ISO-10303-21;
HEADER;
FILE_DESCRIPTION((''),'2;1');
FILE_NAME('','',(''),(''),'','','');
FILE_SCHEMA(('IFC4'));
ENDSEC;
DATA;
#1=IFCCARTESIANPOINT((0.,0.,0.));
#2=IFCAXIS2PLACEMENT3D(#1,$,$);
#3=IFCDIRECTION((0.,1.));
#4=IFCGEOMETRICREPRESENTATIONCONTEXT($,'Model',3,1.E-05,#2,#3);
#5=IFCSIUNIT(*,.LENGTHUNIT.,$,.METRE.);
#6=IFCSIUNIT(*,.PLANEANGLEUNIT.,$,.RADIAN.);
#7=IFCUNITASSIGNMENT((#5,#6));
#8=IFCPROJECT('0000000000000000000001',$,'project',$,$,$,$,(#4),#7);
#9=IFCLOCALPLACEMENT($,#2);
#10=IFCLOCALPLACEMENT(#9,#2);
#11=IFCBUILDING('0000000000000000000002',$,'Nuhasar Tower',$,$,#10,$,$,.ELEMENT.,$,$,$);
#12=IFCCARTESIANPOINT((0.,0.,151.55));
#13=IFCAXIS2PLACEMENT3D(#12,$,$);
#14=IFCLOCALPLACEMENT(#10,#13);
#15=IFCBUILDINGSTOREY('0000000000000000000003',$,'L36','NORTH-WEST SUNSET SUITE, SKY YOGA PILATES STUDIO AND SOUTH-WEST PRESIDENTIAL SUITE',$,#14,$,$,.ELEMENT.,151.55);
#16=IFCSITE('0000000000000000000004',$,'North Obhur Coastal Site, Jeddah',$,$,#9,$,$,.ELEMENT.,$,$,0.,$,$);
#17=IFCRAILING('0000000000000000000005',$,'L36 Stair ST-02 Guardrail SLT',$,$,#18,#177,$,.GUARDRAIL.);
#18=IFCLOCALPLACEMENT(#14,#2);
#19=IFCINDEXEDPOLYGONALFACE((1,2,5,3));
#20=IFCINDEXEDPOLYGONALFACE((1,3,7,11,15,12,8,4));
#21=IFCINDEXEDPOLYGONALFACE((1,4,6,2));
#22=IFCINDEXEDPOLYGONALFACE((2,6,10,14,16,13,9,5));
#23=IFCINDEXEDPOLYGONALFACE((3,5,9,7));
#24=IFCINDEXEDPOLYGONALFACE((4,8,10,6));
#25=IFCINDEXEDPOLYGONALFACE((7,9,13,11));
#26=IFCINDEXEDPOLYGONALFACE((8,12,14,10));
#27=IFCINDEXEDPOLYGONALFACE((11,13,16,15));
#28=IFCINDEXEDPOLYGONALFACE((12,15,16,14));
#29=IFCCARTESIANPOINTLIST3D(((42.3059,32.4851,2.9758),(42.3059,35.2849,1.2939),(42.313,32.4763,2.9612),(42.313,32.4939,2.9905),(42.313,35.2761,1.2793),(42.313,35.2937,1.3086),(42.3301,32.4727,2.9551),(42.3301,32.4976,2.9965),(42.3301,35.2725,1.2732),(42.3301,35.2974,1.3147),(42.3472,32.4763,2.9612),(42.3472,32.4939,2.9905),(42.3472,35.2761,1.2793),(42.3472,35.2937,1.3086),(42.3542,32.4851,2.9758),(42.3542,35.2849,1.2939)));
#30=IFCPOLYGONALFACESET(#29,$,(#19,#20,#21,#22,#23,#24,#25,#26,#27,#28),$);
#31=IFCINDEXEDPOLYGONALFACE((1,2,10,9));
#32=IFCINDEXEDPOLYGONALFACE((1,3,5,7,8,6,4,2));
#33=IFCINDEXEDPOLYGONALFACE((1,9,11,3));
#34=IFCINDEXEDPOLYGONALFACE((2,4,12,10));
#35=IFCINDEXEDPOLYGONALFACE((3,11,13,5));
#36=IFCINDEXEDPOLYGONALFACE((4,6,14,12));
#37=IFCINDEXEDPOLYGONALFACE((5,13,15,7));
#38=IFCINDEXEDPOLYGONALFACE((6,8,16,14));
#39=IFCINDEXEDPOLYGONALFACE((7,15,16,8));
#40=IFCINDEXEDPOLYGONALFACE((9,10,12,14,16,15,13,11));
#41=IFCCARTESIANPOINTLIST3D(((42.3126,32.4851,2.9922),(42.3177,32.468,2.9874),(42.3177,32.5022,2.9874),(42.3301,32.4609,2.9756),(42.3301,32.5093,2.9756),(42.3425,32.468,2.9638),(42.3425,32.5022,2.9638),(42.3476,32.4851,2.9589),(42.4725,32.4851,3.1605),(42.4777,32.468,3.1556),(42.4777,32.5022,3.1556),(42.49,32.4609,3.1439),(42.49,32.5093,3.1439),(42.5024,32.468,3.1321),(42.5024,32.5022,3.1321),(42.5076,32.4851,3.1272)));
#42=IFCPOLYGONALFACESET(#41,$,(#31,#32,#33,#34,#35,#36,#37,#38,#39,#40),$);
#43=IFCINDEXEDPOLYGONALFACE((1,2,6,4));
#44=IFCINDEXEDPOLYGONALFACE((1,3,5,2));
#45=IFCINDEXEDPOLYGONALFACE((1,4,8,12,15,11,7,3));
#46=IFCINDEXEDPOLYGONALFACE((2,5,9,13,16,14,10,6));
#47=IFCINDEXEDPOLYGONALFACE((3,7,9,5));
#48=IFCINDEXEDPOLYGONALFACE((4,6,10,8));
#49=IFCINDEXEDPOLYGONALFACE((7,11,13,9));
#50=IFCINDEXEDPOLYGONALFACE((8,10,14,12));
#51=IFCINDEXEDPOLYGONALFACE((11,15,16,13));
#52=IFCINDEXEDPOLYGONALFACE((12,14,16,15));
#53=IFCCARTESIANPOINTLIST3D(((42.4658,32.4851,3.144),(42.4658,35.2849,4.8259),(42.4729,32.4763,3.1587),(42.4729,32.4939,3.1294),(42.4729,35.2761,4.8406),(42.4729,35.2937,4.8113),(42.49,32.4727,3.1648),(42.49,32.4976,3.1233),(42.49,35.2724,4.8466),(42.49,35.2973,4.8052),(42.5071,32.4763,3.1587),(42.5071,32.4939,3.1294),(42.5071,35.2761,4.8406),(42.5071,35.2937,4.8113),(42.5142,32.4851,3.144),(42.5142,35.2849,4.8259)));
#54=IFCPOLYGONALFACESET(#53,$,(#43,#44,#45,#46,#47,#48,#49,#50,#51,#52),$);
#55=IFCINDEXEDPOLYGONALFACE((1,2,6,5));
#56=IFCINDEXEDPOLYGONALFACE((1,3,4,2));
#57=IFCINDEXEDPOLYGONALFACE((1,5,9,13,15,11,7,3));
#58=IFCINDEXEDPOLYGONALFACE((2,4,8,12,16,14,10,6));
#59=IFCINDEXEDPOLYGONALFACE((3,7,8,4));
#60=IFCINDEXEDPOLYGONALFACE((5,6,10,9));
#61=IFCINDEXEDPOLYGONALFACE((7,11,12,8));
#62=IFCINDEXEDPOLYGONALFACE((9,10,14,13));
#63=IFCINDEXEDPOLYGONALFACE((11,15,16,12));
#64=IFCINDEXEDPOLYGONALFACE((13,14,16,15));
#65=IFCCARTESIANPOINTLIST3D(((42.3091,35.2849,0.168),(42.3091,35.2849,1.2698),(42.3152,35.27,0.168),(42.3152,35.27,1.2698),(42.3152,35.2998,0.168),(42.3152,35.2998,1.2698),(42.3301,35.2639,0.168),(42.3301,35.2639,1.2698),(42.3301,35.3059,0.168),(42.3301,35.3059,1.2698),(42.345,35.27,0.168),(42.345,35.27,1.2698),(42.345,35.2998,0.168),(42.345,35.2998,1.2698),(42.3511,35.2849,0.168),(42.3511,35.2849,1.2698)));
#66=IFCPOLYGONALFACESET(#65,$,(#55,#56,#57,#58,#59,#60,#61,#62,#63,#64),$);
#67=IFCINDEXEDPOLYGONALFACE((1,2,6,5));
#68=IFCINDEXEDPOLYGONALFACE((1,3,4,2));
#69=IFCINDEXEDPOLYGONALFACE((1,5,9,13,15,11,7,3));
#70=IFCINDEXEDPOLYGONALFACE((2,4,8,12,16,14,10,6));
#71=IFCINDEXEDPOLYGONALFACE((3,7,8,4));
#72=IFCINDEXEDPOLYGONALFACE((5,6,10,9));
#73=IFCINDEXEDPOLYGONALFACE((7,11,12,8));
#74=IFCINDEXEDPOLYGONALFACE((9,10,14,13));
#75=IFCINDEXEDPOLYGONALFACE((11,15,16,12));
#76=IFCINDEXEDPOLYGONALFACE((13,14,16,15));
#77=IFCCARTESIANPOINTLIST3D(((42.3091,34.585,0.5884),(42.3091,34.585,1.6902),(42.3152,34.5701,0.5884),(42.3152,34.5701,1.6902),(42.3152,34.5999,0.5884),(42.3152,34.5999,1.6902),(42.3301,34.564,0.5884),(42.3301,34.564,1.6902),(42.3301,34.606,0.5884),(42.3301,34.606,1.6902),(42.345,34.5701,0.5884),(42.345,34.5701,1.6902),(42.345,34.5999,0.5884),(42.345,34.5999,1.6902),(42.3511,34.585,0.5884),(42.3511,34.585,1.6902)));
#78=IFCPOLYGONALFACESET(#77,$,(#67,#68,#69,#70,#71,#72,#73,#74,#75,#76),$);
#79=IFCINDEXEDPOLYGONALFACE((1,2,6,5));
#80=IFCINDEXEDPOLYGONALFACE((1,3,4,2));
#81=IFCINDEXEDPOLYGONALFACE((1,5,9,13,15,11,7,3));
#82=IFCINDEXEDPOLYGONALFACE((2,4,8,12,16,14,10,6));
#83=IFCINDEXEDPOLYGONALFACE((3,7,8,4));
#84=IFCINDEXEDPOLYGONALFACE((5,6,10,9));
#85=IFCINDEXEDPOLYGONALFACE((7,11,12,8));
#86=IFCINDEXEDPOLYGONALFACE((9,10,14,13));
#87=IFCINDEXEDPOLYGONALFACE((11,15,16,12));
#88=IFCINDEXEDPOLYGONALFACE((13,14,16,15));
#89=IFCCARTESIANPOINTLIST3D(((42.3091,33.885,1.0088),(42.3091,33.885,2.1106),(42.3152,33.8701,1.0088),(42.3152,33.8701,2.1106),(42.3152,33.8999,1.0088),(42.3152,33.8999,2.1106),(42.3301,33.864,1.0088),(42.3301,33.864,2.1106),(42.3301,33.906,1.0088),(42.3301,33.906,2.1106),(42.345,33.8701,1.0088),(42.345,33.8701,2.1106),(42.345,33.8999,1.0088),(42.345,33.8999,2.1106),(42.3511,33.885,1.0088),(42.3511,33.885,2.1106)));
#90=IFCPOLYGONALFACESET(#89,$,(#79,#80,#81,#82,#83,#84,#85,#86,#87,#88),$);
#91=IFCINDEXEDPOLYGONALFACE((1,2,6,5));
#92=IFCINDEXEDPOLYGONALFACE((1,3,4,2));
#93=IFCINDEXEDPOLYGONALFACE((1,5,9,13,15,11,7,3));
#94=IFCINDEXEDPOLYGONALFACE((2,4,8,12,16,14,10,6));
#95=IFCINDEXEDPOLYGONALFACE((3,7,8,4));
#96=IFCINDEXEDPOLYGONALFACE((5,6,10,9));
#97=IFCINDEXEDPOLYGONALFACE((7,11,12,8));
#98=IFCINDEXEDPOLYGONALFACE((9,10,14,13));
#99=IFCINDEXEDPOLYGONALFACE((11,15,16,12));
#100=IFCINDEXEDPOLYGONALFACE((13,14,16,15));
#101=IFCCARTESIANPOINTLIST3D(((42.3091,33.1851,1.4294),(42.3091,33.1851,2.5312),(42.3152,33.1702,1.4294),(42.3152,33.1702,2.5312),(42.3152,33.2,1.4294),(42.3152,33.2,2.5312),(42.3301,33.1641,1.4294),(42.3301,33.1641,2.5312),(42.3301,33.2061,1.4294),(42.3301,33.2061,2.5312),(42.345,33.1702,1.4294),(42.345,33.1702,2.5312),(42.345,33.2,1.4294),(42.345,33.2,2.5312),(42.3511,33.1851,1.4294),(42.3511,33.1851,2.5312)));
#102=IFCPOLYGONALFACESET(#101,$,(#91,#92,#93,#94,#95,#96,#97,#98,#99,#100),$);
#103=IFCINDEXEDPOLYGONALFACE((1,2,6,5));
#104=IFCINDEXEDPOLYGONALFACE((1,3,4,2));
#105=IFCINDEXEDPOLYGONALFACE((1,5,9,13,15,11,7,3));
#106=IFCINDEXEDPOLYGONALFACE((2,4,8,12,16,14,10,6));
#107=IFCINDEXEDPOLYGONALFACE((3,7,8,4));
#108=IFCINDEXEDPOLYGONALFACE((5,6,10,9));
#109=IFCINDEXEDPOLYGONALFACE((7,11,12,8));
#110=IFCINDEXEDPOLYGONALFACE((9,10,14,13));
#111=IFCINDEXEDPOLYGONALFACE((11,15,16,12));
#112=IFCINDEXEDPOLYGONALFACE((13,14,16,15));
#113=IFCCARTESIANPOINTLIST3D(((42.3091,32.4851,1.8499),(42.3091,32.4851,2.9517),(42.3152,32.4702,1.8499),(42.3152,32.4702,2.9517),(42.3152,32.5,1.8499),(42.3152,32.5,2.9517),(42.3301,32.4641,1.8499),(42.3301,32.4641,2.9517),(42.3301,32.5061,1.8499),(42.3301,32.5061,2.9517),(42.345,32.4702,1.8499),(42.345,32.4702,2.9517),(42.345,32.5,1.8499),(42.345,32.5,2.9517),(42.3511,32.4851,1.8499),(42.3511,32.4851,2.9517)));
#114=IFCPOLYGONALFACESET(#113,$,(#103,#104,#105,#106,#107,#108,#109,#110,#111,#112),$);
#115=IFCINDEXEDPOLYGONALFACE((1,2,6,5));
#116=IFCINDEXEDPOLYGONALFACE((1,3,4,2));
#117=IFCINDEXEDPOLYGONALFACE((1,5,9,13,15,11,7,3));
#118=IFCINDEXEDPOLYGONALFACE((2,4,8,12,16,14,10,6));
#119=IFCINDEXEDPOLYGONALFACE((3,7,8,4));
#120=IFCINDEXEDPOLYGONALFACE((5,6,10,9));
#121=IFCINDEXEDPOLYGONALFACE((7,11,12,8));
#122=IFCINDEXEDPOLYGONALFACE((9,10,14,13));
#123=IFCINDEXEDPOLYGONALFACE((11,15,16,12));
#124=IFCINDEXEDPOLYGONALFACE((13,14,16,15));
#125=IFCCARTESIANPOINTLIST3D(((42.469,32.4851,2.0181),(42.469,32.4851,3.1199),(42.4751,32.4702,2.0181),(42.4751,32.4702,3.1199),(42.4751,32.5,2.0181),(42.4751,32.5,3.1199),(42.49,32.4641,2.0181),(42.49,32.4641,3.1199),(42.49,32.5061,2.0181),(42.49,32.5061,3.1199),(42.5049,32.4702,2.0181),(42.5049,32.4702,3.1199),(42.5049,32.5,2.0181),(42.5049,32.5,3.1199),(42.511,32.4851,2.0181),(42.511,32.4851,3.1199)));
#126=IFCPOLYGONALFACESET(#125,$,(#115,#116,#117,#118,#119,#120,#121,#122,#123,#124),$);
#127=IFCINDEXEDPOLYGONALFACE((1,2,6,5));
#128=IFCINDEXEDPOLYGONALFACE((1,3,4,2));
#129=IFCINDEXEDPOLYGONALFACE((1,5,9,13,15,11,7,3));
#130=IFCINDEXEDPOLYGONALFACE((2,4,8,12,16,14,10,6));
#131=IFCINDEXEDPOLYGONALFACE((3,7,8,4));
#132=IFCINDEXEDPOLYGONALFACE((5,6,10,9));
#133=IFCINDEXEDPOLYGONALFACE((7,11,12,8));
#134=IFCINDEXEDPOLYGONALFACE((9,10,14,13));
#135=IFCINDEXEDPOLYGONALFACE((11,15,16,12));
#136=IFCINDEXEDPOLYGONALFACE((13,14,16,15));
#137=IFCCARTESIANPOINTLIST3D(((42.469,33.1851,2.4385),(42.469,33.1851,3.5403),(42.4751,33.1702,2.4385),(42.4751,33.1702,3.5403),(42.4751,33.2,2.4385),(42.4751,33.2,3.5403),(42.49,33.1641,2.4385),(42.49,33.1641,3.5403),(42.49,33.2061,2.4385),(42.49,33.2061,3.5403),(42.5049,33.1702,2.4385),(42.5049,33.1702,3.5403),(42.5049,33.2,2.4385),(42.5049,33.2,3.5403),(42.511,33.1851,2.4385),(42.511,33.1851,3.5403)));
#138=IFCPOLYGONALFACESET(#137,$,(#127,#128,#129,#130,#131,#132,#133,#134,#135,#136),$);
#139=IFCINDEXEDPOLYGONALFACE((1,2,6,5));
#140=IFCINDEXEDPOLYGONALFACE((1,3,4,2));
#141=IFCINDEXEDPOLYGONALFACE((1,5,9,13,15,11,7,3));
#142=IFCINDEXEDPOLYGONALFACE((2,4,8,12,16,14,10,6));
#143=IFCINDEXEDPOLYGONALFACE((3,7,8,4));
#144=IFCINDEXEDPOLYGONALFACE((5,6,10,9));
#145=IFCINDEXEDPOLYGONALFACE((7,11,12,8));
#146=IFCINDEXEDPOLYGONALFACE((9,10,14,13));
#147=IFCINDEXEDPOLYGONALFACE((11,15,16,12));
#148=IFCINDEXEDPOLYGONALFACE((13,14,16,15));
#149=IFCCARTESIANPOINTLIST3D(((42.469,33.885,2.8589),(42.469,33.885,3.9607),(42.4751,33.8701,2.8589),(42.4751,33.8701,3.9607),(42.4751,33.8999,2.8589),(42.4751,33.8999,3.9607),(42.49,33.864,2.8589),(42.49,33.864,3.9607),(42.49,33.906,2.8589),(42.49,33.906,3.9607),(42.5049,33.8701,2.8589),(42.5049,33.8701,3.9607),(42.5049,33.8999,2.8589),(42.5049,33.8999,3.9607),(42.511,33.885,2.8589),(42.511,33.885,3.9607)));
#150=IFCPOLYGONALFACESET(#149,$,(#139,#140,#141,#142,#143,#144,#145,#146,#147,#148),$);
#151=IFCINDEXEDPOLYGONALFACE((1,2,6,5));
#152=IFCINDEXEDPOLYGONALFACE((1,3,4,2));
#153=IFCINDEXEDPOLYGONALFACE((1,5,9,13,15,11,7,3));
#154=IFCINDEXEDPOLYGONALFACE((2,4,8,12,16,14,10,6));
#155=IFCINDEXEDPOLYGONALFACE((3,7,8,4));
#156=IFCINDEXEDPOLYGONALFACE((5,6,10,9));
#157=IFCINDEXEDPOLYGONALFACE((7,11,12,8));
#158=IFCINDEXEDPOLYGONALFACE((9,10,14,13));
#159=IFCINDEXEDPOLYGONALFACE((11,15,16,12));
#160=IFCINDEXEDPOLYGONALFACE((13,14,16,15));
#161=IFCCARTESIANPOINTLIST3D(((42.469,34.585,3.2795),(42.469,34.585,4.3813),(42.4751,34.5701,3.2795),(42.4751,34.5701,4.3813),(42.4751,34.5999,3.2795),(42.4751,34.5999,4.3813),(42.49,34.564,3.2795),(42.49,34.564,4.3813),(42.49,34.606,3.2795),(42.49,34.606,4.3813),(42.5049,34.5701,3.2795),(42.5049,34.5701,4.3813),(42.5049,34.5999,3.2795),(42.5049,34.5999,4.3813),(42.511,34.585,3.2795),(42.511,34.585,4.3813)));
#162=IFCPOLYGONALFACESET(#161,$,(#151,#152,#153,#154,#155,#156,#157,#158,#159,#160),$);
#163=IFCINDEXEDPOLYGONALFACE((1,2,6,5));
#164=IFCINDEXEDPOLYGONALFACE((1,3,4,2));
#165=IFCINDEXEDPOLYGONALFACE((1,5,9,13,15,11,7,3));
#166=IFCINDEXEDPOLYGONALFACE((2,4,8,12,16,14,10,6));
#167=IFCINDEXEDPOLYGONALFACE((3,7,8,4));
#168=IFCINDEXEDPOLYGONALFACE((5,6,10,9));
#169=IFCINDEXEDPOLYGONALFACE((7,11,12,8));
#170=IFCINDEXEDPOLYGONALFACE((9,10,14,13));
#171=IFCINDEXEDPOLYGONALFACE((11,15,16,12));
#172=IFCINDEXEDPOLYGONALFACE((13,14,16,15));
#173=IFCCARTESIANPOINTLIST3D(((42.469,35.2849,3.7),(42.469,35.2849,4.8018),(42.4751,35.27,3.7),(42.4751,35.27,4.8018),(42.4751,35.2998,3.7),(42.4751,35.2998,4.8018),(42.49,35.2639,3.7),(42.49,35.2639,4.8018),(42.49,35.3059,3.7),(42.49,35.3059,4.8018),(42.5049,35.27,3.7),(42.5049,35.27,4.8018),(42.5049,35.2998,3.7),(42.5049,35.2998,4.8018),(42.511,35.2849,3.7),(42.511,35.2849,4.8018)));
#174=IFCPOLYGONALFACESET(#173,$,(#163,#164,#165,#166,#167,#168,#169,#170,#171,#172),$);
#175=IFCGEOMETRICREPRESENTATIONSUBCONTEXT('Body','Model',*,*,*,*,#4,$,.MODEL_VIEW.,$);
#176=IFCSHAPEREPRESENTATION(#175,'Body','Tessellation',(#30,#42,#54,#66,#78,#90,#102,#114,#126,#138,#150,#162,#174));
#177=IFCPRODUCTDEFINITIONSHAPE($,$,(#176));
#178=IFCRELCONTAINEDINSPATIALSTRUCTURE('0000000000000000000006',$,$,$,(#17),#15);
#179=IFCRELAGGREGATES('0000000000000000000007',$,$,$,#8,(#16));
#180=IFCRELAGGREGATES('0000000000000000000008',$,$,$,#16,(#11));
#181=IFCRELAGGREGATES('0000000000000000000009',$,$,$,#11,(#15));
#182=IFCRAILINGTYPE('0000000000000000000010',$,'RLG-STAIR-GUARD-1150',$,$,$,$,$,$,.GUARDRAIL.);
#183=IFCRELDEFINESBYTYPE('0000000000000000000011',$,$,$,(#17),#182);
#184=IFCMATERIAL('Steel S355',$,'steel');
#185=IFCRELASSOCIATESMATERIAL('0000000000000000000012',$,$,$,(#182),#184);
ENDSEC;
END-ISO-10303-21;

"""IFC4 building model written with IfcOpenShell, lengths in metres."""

from ifc_helpers import new_model, si_unit, direction, frame, origin, place, context, subcontext, project, spatial, polyline, outline, extrude, material, type_object, element, save


model = new_model("IFC4")

# Units and contexts
model_context = context("Model", 3, precision=1e-05, world=origin(), true_north=direction((0.0, 1.0)))
body_context = subcontext(model_context, "Body", "Model", "MODEL_VIEW")
ifc_project = project(units=[si_unit("LENGTHUNIT", "METRE"), si_unit("PLANEANGLEUNIT", "RADIAN")], contexts=[model_context])

# Site, building, storey
site_placement = place(None, origin())
site = spatial("IfcSite", under=ifc_project, at=site_placement, Name="North Obhur Coastal Site, Jeddah", CompositionType="ELEMENT", RefElevation=0.0)
building_placement = place(site_placement, origin())
building = spatial("IfcBuilding", under=site, at=building_placement, Name="Nuhasar Tower", CompositionType="ELEMENT")
storey_placement = place(building_placement, frame((0.0, 0.0, 151.55)))
storey = spatial("IfcBuildingStorey", under=building, at=storey_placement, Name="L36", Description="NORTH-WEST SUNSET SUITE, SKY YOGA PILATES STUDIO AND SOUTH-WEST PRESIDENTIAL SUITE", CompositionType="ELEMENT", Elevation=151.55)

# Shared definitions
ifc_material_1 = material(Name="Steel S355", Category="steel")

# Railing
railing_type_1 = type_object("IfcRailingType", Name="RLG-STAIR-GUARD-1150", PredefinedType="GUARDRAIL", material=ifc_material_1)
railing_1_placement = place(storey_placement, frame((42.3301, 35.2849, 0.168)))
element("IfcRailing", 1, at=railing_1_placement, inside=storey, type_object=railing_type_1, Name="L36 Stair ST-02 Guardrail SLT", PredefinedType="GUARDRAIL", context=body_context, shape_type="SweptSolid", body=[
    extrude(outline(polyline([(0.0242, 0.0), (0.0171, 0.0171), (0.0, 0.0242), (-0.0171, 0.0171), (-0.0242, 0.0), (-0.0171, -0.0171), (0.0, -0.0242), (0.0171, -0.0171), (0.0242, 0.0)])), frame((0.0, 0.0, 1.126), z_axis=(0.0, -0.857222, 0.514946), x_axis=(1.0, 0.0, 0.0)), (0.0, 0.0, 1.0), 3.2661),
    extrude(outline(polyline([(0.0242, 0.0), (0.0171, 0.0171), (0.0, 0.0242), (-0.0171, 0.0171), (-0.0242, 0.0), (-0.0171, -0.0171), (0.0, -0.0242), (0.0171, -0.0171), (0.0242, 0.0)])), frame((0.0, -2.7998, 2.8076), z_axis=(0.688998, 0.0, 0.724763), x_axis=(0.0, 1.0, 0.0)), (0.0, 0.0, 1.0), 0.2322),
    extrude(outline(polyline([(0.0242, 0.0), (0.0171, 0.0171), (0.0, 0.0242), (-0.0171, 0.0171), (-0.0242, 0.0), (-0.0171, -0.0171), (0.0, -0.0242), (0.0171, -0.0171), (0.0242, 0.0)])), frame((0.1599, -2.7998, 2.9761), z_axis=(0.0, 0.857222, 0.514946), x_axis=(-1.0, 0.0, 0.0)), (0.0, 0.0, 1.0), 3.2661),
    extrude(outline(polyline([(0.021, 0.0), (0.0149, 0.0149), (0.0, 0.021), (-0.0149, 0.0149), (-0.021, 0.0), (-0.0149, -0.0149), (0.0, -0.021), (0.0149, -0.0149), (0.021, 0.0)])), origin(), (0.0, 0.0, 1.0), 1.1018),
    extrude(outline(polyline([(0.021, 0.0), (0.0149, 0.0149), (0.0, 0.021), (-0.0149, 0.0149), (-0.021, 0.0), (-0.0149, -0.0149), (0.0, -0.021), (0.0149, -0.0149), (0.021, 0.0)])), frame((0.0, -0.7, 0.4204)), (0.0, 0.0, 1.0), 1.1018),
    extrude(outline(polyline([(0.021, 0.0), (0.0149, 0.0149), (0.0, 0.021), (-0.0149, 0.0149), (-0.021, 0.0), (-0.0149, -0.0149), (0.0, -0.021), (0.0149, -0.0149), (0.021, 0.0)])), frame((0.0, -1.3999, 0.8408)), (0.0, 0.0, 1.0), 1.1018),
    extrude(outline(polyline([(0.021, 0.0), (0.0149, 0.0149), (0.0, 0.021), (-0.0149, 0.0149), (-0.021, 0.0), (-0.0149, -0.0149), (0.0, -0.021), (0.0149, -0.0149), (0.021, 0.0)])), frame((0.0, -2.0999, 1.2615)), (0.0, 0.0, 1.0), 1.1018),
    extrude(outline(polyline([(0.021, 0.0), (0.0149, 0.0149), (0.0, 0.021), (-0.0149, 0.0149), (-0.021, 0.0), (-0.0149, -0.0149), (0.0, -0.021), (0.0149, -0.0149), (0.021, 0.0)])), frame((0.0, -2.7998, 1.6819)), (0.0, 0.0, 1.0), 1.1018),
    extrude(outline(polyline([(0.021, 0.0), (0.0149, 0.0149), (0.0, 0.021), (-0.0149, 0.0149), (-0.021, 0.0), (-0.0149, -0.0149), (0.0, -0.021), (0.0149, -0.0149), (0.021, 0.0)])), frame((0.1599, -2.7998, 1.8501)), (0.0, 0.0, 1.0), 1.1018),
    extrude(outline(polyline([(0.021, 0.0), (0.0149, 0.0149), (0.0, 0.021), (-0.0149, 0.0149), (-0.021, 0.0), (-0.0149, -0.0149), (0.0, -0.021), (0.0149, -0.0149), (0.021, 0.0)])), frame((0.1599, -2.0999, 2.2705)), (0.0, 0.0, 1.0), 1.1018),
    extrude(outline(polyline([(0.021, 0.0), (0.0149, 0.0149), (0.0, 0.021), (-0.0149, 0.0149), (-0.021, 0.0), (-0.0149, -0.0149), (0.0, -0.021), (0.0149, -0.0149), (0.021, 0.0)])), frame((0.1599, -1.3999, 2.6909)), (0.0, 0.0, 1.0), 1.1018),
    extrude(outline(polyline([(0.021, 0.0), (0.0149, 0.0149), (0.0, 0.021), (-0.0149, 0.0149), (-0.021, 0.0), (-0.0149, -0.0149), (0.0, -0.021), (0.0149, -0.0149), (0.021, 0.0)])), frame((0.1599, -0.7, 3.1116)), (0.0, 0.0, 1.0), 1.1018),
    extrude(outline(polyline([(0.021, 0.0), (0.0149, 0.0149), (0.0, 0.021), (-0.0149, 0.0149), (-0.021, 0.0), (-0.0149, -0.0149), (0.0, -0.021), (0.0149, -0.0149), (0.021, 0.0)])), frame((0.1599, 0.0, 3.532)), (0.0, 0.0, 1.0), 1.1018),
])

save(model, "model.ifc")
